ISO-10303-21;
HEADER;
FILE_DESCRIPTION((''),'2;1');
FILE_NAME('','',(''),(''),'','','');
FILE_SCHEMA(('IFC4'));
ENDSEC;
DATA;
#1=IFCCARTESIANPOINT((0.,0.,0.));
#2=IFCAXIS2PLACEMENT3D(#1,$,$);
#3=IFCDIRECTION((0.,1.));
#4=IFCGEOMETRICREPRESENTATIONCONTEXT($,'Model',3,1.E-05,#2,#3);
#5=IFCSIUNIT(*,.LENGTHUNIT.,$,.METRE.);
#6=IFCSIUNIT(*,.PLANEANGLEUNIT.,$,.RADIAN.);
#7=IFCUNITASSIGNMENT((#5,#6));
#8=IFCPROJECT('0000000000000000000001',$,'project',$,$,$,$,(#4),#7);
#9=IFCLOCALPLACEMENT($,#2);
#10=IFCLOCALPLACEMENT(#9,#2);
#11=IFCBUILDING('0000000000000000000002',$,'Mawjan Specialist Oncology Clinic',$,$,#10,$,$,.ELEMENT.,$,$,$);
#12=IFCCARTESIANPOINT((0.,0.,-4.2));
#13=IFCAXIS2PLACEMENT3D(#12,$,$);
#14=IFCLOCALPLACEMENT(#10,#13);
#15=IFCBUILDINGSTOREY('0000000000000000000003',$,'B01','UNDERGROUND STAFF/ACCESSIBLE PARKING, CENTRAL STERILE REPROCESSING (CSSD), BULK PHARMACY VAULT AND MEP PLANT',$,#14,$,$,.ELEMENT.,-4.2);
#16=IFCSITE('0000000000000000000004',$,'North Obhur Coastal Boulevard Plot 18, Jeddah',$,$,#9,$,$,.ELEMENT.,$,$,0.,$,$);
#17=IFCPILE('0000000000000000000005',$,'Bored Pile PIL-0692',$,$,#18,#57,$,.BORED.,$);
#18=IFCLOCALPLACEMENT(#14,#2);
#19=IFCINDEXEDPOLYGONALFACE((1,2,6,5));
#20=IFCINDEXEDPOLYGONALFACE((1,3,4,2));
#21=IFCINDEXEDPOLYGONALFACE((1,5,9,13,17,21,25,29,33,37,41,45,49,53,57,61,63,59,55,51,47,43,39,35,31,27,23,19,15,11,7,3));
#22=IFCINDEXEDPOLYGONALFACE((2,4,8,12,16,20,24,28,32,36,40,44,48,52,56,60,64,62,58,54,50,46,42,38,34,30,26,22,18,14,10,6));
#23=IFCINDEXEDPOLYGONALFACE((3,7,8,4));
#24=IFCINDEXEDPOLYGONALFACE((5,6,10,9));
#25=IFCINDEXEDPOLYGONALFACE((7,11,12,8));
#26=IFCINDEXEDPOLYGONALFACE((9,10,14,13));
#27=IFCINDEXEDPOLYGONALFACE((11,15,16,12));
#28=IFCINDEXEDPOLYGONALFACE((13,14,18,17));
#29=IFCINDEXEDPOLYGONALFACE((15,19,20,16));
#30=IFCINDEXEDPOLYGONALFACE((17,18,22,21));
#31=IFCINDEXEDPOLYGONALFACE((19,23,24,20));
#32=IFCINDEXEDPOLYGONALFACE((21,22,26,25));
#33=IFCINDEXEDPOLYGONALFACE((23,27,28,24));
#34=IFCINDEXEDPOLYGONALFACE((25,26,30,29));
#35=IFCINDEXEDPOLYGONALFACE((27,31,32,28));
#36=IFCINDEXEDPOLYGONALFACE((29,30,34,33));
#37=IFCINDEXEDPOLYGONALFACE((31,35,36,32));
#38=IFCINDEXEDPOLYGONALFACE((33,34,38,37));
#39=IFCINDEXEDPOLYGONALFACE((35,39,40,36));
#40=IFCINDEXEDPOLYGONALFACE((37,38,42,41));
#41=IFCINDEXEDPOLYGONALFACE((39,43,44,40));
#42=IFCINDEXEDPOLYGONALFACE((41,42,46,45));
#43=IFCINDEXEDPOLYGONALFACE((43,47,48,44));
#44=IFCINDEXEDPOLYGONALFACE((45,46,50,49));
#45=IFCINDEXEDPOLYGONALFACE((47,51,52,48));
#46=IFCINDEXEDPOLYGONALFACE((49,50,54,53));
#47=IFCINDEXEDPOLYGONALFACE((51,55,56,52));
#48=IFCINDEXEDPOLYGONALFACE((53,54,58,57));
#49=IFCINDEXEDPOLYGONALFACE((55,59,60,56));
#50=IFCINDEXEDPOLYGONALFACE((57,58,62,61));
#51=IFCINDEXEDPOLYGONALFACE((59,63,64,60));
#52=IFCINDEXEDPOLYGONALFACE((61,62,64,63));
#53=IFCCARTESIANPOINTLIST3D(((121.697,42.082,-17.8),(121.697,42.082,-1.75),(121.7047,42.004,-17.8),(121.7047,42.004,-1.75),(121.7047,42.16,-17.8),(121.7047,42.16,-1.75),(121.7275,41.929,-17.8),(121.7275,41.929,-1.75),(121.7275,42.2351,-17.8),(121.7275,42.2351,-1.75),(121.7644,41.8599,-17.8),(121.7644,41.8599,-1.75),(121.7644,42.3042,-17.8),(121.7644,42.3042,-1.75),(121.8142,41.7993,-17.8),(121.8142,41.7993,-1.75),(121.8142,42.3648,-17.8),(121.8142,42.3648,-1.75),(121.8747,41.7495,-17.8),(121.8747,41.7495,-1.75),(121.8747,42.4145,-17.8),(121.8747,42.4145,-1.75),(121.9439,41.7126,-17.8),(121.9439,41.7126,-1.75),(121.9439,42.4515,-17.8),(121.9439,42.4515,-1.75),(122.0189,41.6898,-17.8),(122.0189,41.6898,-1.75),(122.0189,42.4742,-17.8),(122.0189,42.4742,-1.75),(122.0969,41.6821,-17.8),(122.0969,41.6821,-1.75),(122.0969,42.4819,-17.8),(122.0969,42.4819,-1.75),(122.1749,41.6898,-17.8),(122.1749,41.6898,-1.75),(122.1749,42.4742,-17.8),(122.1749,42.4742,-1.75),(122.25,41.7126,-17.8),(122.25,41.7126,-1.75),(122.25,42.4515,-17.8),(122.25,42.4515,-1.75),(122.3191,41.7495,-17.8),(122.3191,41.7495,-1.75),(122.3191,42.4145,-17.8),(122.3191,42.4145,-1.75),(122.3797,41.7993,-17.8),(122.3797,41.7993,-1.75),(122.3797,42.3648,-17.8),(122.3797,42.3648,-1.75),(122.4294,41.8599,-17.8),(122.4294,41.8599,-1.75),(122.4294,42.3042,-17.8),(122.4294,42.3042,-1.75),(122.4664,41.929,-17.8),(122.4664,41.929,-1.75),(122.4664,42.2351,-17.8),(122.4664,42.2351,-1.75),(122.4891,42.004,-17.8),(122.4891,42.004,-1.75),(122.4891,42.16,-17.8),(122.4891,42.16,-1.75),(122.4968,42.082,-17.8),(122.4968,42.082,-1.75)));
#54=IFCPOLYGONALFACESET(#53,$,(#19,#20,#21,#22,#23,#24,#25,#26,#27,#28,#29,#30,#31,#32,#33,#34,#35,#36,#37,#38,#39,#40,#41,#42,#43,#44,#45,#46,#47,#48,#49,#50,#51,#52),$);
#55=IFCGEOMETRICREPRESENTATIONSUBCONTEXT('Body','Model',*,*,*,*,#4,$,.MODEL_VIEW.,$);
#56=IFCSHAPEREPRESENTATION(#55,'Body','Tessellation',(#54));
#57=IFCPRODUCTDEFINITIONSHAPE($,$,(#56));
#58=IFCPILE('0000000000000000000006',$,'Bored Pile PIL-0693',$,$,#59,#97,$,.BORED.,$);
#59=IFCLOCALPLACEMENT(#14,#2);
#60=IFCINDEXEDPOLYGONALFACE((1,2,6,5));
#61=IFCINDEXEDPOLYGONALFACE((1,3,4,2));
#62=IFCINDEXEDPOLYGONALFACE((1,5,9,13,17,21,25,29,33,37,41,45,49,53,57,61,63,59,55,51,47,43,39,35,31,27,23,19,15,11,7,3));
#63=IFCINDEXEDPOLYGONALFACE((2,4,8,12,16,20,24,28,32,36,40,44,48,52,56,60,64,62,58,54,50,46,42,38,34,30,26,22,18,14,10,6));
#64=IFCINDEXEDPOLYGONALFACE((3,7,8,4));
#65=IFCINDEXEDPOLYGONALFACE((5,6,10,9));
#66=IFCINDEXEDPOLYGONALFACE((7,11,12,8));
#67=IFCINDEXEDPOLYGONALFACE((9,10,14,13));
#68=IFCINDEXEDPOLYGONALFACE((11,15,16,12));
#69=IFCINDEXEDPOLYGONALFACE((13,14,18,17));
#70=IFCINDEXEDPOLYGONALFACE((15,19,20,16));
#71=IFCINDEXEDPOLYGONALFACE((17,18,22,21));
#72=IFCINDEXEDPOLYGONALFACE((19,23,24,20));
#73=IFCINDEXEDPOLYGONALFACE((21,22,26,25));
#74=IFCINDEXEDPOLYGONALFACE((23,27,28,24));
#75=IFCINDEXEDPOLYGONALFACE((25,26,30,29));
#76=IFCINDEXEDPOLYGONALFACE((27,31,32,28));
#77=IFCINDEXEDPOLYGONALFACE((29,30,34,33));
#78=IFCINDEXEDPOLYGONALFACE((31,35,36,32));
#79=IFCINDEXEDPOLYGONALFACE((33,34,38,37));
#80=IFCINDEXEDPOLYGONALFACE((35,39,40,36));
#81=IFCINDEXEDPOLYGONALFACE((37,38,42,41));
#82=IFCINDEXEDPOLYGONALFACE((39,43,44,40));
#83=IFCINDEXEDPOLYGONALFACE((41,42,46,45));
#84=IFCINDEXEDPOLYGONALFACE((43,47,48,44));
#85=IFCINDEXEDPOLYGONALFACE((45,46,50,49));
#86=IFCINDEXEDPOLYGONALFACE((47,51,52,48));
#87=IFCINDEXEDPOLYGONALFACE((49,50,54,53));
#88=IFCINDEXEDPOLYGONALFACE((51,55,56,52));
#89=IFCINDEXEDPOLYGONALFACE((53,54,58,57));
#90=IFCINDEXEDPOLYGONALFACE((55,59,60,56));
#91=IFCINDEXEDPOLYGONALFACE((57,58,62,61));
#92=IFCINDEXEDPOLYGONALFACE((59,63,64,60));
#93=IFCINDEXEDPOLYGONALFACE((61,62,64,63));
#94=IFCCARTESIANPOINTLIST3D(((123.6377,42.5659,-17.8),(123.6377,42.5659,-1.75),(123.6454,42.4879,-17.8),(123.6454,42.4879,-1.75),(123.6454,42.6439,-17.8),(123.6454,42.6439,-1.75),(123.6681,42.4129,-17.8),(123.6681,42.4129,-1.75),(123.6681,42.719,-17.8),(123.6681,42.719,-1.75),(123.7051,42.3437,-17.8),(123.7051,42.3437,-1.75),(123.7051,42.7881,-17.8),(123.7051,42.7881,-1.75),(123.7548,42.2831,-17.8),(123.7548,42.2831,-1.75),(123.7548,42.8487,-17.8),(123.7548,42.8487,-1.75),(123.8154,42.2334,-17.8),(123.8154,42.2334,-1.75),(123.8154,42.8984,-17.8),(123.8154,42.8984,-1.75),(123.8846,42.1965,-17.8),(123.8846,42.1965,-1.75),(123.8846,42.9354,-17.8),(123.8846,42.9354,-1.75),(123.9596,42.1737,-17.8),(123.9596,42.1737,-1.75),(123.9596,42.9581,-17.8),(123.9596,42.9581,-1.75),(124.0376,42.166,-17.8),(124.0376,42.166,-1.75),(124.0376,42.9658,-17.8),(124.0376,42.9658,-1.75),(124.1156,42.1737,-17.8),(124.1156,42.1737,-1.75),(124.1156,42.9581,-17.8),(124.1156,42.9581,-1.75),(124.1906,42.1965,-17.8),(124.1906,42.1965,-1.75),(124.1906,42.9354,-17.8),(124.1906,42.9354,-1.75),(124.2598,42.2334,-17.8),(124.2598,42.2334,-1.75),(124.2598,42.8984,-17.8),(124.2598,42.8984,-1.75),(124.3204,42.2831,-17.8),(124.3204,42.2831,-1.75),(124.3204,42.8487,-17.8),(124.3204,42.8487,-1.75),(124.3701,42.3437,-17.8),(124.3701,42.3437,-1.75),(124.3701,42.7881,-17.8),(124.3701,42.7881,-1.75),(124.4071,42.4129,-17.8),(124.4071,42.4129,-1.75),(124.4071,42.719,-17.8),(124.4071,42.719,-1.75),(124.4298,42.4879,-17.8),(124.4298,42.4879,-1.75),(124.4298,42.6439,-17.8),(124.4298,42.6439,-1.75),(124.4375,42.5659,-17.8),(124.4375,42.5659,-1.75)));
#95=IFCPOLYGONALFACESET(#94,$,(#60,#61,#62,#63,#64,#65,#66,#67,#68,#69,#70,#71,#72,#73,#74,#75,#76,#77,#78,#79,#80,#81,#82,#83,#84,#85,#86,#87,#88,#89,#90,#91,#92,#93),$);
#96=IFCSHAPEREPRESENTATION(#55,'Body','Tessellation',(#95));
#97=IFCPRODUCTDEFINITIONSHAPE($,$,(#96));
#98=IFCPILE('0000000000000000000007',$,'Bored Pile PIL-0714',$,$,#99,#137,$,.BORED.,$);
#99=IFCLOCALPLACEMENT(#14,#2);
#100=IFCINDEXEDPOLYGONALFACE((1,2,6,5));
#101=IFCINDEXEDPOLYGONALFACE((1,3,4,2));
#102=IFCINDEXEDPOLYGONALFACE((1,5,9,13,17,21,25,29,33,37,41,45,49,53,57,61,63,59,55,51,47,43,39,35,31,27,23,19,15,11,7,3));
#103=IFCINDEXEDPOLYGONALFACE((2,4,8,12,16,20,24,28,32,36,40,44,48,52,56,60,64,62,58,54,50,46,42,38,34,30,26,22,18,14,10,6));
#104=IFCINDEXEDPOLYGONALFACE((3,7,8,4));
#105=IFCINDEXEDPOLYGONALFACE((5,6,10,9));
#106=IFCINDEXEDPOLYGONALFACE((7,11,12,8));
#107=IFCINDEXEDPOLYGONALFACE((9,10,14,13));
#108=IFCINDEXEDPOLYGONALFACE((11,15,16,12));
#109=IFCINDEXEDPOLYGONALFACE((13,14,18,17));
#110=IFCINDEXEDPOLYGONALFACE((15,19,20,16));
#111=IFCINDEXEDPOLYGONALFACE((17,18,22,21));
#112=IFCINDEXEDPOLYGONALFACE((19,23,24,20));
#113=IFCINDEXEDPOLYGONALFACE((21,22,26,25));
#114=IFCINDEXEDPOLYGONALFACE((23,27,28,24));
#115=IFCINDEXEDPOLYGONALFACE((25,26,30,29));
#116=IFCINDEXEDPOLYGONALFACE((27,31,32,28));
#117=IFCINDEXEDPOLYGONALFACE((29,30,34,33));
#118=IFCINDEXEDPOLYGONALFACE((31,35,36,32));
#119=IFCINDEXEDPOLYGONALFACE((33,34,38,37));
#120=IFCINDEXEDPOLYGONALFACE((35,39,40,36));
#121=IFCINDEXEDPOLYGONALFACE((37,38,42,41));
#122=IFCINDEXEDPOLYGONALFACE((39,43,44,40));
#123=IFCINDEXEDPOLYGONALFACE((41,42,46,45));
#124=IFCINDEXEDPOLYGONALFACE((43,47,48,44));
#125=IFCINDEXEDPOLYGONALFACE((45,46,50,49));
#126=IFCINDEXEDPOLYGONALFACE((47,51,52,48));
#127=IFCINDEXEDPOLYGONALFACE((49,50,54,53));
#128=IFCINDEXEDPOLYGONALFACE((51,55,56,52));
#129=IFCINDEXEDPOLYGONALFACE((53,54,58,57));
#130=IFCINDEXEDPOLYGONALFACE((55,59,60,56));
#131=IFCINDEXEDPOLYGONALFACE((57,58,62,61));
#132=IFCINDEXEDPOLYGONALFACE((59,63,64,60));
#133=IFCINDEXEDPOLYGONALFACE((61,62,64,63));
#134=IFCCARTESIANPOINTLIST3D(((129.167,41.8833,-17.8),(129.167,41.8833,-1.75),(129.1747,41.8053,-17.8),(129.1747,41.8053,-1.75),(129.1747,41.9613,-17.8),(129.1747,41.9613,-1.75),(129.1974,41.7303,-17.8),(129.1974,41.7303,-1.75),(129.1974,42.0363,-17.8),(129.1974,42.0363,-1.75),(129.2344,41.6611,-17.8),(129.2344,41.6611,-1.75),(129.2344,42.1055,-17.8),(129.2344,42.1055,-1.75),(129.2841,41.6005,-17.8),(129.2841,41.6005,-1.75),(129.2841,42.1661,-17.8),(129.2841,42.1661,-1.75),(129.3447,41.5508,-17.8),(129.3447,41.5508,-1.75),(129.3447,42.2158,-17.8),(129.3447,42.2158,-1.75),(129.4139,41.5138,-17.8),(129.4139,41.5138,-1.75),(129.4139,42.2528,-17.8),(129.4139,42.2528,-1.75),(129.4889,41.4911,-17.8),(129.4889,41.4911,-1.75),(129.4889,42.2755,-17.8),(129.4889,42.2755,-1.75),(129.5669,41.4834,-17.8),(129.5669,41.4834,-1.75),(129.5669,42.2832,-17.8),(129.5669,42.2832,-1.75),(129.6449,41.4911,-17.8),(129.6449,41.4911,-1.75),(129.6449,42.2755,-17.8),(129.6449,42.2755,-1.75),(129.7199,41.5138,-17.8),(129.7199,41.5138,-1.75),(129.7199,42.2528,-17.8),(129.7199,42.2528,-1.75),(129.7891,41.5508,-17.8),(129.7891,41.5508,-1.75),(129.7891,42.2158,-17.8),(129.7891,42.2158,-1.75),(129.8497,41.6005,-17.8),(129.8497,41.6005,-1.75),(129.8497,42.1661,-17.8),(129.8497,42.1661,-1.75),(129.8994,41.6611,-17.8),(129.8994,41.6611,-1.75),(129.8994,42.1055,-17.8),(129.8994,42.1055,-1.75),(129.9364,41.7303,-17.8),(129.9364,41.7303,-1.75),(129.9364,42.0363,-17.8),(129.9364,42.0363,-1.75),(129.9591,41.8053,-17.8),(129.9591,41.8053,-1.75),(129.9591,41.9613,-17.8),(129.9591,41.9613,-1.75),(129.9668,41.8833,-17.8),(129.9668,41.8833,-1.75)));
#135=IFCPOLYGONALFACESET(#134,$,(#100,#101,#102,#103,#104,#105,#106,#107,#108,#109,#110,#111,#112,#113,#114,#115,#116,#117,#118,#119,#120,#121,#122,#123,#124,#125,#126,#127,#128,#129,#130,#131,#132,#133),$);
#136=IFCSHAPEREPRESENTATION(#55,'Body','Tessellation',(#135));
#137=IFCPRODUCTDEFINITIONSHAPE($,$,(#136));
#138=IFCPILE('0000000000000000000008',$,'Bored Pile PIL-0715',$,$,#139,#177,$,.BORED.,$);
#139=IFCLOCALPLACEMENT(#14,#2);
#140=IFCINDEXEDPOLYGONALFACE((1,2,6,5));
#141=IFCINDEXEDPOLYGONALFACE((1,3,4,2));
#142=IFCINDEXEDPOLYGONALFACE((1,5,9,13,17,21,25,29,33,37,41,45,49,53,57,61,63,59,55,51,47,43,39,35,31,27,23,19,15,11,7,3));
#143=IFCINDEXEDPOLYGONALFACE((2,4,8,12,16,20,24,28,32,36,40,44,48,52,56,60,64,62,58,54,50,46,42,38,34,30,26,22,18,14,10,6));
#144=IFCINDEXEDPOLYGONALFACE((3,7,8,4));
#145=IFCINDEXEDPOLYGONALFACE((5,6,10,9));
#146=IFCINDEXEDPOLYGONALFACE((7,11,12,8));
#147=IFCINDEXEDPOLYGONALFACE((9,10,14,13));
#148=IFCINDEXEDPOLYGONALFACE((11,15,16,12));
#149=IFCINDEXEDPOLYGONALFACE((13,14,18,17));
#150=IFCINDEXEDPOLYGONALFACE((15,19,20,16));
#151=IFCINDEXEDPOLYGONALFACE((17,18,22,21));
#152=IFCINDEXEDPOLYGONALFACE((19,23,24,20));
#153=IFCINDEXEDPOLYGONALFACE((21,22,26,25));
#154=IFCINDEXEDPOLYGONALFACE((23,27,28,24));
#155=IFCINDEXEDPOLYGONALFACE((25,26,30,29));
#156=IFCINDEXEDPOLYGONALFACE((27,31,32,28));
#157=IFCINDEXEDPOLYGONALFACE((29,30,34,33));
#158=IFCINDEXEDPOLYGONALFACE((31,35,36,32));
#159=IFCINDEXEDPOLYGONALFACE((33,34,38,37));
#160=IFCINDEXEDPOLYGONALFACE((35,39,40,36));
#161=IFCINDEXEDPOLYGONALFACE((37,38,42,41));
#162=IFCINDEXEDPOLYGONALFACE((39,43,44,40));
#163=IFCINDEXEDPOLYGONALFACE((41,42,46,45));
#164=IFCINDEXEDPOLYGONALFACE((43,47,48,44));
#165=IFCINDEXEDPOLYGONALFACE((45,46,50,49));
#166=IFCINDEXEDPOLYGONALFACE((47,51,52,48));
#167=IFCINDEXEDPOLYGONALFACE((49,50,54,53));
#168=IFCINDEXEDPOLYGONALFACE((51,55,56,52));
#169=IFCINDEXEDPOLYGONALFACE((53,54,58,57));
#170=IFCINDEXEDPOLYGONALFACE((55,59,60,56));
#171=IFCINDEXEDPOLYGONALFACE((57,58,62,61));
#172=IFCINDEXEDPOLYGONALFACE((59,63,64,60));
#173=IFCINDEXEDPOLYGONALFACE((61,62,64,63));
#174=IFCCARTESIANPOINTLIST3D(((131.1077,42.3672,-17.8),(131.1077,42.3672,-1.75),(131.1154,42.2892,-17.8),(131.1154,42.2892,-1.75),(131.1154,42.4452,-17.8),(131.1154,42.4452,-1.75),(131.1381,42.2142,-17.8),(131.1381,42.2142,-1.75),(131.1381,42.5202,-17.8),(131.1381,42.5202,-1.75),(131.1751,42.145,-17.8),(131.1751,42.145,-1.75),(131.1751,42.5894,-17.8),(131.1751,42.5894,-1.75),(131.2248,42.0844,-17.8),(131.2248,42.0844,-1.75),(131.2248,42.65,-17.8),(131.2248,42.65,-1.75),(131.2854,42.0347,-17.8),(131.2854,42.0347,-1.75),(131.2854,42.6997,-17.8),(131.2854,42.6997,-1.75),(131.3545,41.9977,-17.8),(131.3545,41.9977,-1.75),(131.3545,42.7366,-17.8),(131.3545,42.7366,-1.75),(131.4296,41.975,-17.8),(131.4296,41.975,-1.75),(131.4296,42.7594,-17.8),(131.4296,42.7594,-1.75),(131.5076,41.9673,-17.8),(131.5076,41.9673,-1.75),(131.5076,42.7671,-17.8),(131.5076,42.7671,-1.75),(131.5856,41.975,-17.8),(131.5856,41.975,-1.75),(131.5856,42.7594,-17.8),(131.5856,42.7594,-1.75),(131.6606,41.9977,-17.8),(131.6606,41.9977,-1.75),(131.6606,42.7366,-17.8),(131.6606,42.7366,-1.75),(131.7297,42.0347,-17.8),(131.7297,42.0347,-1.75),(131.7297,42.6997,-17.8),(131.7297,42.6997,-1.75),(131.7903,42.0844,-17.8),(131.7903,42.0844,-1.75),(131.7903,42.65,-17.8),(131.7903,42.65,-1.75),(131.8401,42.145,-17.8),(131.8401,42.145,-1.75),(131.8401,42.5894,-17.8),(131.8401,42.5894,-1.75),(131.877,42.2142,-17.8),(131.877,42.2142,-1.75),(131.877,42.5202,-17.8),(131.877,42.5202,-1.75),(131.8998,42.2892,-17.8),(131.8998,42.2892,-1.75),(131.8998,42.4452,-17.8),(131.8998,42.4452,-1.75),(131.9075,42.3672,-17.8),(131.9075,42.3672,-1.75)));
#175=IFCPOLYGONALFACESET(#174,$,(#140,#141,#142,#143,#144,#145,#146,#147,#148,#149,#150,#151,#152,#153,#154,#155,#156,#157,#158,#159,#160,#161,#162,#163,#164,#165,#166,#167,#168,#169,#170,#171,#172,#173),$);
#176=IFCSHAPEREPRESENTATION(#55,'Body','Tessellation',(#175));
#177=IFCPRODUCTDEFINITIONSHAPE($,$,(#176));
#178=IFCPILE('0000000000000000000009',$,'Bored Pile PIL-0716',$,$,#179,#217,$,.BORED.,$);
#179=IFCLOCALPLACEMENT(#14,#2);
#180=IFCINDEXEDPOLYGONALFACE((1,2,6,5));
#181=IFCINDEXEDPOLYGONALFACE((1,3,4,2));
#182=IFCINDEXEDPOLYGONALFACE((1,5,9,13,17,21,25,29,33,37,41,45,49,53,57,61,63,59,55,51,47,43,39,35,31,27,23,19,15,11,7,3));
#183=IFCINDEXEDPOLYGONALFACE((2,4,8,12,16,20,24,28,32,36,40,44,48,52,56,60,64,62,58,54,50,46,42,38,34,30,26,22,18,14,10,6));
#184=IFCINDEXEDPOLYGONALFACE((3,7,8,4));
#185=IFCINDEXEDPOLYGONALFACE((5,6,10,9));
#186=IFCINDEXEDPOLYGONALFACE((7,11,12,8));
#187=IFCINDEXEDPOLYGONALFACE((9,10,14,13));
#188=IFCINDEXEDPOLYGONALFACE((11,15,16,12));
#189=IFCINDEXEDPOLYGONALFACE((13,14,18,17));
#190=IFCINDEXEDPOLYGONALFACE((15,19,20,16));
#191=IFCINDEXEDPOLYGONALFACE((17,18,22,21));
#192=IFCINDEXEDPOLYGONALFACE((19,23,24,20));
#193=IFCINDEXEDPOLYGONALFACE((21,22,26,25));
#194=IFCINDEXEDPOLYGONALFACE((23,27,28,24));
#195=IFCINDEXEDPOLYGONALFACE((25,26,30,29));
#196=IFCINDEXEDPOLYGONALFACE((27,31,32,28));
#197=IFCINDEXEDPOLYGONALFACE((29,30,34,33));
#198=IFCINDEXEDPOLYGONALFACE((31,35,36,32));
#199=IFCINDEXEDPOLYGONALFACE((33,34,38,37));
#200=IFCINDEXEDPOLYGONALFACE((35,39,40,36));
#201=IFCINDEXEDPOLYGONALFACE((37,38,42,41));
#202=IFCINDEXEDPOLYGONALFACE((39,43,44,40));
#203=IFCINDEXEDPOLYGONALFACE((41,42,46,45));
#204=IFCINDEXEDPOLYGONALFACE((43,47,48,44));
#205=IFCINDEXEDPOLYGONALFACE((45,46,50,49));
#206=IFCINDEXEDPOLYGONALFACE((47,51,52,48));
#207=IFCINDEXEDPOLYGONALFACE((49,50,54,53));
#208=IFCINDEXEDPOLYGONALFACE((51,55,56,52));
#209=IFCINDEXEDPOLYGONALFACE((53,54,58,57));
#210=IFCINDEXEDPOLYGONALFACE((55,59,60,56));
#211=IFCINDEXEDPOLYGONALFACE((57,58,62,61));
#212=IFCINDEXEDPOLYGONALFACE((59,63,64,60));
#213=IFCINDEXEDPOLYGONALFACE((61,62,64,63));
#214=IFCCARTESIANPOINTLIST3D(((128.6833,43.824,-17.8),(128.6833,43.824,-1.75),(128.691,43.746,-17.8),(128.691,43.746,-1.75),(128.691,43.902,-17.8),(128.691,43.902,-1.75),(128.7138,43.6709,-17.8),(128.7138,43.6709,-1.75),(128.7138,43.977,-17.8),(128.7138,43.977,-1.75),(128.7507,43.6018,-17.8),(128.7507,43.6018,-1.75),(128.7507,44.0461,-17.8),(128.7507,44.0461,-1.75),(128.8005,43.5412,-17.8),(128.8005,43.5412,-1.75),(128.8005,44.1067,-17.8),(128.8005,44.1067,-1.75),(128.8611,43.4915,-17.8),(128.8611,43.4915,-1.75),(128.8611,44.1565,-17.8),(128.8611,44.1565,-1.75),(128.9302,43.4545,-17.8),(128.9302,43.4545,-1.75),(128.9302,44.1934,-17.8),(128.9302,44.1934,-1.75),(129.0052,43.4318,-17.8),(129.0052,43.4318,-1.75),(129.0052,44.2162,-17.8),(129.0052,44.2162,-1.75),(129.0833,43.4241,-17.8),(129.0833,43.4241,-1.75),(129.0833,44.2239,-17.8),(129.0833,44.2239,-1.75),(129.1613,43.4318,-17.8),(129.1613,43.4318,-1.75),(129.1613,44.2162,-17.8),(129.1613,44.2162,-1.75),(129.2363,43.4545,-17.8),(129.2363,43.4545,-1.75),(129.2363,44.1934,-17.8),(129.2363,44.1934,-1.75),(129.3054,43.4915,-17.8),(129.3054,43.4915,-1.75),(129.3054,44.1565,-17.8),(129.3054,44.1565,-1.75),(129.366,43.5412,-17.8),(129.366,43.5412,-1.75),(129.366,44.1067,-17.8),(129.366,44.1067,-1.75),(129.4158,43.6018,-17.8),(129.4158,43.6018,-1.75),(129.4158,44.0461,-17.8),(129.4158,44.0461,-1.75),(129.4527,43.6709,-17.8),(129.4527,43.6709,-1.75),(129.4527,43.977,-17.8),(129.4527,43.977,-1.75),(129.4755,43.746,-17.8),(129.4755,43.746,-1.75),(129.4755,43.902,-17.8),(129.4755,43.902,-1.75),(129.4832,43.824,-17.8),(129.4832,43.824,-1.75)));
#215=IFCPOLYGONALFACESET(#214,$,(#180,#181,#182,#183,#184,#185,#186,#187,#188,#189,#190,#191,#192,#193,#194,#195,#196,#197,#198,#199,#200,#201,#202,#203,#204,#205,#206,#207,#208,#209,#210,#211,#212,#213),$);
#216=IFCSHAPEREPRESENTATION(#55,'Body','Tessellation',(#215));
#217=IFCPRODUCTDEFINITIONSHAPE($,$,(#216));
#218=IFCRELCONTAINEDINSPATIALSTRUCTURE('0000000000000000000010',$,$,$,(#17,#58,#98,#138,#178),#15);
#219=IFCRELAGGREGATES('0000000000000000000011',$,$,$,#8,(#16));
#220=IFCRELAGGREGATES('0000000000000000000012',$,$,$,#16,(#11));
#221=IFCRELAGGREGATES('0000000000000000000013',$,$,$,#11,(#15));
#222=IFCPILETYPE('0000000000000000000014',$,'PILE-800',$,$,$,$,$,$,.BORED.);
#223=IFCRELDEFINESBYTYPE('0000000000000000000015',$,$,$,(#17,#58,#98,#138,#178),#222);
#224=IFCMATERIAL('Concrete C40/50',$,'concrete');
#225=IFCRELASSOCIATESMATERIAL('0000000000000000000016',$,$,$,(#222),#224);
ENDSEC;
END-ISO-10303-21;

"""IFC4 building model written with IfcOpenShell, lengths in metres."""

from ifc_helpers import new_model, si_unit, direction, frame, origin, origin_2d, place, context, subcontext, project, spatial, circle, extrude, material, material_profile, profile_set, type_object, element, save


model = new_model("IFC4")

# Units and contexts
model_context = context("Model", 3, precision=1e-05, world=origin(), true_north=direction((0.0, 1.0)))
body_context = subcontext(model_context, "Body", "Model", "MODEL_VIEW")
ifc_project = project(units=[si_unit("LENGTHUNIT", "METRE"), si_unit("PLANEANGLEUNIT", "RADIAN")], contexts=[model_context])

# Site, building, storey
site_placement = place(None, origin())
site = spatial("IfcSite", under=ifc_project, at=site_placement, Name="North Obhur Coastal Boulevard Plot 18, Jeddah", CompositionType="ELEMENT", RefElevation=0.0)
building_placement = place(site_placement, origin())
building = spatial("IfcBuilding", under=site, at=building_placement, Name="Mawjan Specialist Oncology Clinic", CompositionType="ELEMENT")
storey_placement = place(building_placement, frame((0.0, 0.0, -4.2)))
storey = spatial("IfcBuildingStorey", under=building, at=storey_placement, Name="B01", Description="UNDERGROUND STAFF/ACCESSIBLE PARKING, CENTRAL STERILE REPROCESSING (CSSD), BULK PHARMACY VAULT AND MEP PLANT", CompositionType="ELEMENT", Elevation=-4.2)

# Piles
ifc_material_1 = material(Name="Concrete C40/50", Category="concrete")
ifc_material_profile_1 = material_profile(ifc_material_1, circle(Radius=0.3999, at=origin_2d()), Name="BORED PILE D800", Category="concrete")
ifc_profile_set_1 = profile_set([ifc_material_profile_1], Name="Concrete C40/50")
pile_type = type_object("IfcPileType", Name="PILE-800", PredefinedType="BORED", material=ifc_profile_set_1)
for number, where, z_axis, x_axis, name in (
    (1, (122.0969, 42.082, -1.75), (0.0, 0.0, -1.0), (1.0, 0.0, 0.0), "Bored Pile PIL-0692"),
    (2, (124.0376, 42.5659, -1.75), (0.0, 0.0, -1.0), (1.0, 0.0, 0.0), "Bored Pile PIL-0693"),
    (3, (129.5669, 41.8833, -1.75), (0.0, 0.0, -1.0), (1.0, 0.0, 0.0), "Bored Pile PIL-0714"),
    (4, (131.5076, 42.3672, -1.75), (0.0, 0.0, -1.0), (1.0, 0.0, 0.0), "Bored Pile PIL-0715"),
    (5, (129.0833, 43.824, -1.75), (0.0, 0.0, -1.0), (1.0, 0.0, 0.0), "Bored Pile PIL-0716"),
):
    element("IfcPile", number, at=place(storey_placement, frame(where, z_axis=z_axis, x_axis=x_axis)), inside=storey, type_object=pile_type, Name=name, PredefinedType="BORED", context=body_context, shape_type="SweptSolid", body=[
        extrude(circle(Radius=0.3999, at=origin_2d()), origin(), (0.0, 0.0, 1.0), 16.05),
    ])

save(model, "model.ifc")
